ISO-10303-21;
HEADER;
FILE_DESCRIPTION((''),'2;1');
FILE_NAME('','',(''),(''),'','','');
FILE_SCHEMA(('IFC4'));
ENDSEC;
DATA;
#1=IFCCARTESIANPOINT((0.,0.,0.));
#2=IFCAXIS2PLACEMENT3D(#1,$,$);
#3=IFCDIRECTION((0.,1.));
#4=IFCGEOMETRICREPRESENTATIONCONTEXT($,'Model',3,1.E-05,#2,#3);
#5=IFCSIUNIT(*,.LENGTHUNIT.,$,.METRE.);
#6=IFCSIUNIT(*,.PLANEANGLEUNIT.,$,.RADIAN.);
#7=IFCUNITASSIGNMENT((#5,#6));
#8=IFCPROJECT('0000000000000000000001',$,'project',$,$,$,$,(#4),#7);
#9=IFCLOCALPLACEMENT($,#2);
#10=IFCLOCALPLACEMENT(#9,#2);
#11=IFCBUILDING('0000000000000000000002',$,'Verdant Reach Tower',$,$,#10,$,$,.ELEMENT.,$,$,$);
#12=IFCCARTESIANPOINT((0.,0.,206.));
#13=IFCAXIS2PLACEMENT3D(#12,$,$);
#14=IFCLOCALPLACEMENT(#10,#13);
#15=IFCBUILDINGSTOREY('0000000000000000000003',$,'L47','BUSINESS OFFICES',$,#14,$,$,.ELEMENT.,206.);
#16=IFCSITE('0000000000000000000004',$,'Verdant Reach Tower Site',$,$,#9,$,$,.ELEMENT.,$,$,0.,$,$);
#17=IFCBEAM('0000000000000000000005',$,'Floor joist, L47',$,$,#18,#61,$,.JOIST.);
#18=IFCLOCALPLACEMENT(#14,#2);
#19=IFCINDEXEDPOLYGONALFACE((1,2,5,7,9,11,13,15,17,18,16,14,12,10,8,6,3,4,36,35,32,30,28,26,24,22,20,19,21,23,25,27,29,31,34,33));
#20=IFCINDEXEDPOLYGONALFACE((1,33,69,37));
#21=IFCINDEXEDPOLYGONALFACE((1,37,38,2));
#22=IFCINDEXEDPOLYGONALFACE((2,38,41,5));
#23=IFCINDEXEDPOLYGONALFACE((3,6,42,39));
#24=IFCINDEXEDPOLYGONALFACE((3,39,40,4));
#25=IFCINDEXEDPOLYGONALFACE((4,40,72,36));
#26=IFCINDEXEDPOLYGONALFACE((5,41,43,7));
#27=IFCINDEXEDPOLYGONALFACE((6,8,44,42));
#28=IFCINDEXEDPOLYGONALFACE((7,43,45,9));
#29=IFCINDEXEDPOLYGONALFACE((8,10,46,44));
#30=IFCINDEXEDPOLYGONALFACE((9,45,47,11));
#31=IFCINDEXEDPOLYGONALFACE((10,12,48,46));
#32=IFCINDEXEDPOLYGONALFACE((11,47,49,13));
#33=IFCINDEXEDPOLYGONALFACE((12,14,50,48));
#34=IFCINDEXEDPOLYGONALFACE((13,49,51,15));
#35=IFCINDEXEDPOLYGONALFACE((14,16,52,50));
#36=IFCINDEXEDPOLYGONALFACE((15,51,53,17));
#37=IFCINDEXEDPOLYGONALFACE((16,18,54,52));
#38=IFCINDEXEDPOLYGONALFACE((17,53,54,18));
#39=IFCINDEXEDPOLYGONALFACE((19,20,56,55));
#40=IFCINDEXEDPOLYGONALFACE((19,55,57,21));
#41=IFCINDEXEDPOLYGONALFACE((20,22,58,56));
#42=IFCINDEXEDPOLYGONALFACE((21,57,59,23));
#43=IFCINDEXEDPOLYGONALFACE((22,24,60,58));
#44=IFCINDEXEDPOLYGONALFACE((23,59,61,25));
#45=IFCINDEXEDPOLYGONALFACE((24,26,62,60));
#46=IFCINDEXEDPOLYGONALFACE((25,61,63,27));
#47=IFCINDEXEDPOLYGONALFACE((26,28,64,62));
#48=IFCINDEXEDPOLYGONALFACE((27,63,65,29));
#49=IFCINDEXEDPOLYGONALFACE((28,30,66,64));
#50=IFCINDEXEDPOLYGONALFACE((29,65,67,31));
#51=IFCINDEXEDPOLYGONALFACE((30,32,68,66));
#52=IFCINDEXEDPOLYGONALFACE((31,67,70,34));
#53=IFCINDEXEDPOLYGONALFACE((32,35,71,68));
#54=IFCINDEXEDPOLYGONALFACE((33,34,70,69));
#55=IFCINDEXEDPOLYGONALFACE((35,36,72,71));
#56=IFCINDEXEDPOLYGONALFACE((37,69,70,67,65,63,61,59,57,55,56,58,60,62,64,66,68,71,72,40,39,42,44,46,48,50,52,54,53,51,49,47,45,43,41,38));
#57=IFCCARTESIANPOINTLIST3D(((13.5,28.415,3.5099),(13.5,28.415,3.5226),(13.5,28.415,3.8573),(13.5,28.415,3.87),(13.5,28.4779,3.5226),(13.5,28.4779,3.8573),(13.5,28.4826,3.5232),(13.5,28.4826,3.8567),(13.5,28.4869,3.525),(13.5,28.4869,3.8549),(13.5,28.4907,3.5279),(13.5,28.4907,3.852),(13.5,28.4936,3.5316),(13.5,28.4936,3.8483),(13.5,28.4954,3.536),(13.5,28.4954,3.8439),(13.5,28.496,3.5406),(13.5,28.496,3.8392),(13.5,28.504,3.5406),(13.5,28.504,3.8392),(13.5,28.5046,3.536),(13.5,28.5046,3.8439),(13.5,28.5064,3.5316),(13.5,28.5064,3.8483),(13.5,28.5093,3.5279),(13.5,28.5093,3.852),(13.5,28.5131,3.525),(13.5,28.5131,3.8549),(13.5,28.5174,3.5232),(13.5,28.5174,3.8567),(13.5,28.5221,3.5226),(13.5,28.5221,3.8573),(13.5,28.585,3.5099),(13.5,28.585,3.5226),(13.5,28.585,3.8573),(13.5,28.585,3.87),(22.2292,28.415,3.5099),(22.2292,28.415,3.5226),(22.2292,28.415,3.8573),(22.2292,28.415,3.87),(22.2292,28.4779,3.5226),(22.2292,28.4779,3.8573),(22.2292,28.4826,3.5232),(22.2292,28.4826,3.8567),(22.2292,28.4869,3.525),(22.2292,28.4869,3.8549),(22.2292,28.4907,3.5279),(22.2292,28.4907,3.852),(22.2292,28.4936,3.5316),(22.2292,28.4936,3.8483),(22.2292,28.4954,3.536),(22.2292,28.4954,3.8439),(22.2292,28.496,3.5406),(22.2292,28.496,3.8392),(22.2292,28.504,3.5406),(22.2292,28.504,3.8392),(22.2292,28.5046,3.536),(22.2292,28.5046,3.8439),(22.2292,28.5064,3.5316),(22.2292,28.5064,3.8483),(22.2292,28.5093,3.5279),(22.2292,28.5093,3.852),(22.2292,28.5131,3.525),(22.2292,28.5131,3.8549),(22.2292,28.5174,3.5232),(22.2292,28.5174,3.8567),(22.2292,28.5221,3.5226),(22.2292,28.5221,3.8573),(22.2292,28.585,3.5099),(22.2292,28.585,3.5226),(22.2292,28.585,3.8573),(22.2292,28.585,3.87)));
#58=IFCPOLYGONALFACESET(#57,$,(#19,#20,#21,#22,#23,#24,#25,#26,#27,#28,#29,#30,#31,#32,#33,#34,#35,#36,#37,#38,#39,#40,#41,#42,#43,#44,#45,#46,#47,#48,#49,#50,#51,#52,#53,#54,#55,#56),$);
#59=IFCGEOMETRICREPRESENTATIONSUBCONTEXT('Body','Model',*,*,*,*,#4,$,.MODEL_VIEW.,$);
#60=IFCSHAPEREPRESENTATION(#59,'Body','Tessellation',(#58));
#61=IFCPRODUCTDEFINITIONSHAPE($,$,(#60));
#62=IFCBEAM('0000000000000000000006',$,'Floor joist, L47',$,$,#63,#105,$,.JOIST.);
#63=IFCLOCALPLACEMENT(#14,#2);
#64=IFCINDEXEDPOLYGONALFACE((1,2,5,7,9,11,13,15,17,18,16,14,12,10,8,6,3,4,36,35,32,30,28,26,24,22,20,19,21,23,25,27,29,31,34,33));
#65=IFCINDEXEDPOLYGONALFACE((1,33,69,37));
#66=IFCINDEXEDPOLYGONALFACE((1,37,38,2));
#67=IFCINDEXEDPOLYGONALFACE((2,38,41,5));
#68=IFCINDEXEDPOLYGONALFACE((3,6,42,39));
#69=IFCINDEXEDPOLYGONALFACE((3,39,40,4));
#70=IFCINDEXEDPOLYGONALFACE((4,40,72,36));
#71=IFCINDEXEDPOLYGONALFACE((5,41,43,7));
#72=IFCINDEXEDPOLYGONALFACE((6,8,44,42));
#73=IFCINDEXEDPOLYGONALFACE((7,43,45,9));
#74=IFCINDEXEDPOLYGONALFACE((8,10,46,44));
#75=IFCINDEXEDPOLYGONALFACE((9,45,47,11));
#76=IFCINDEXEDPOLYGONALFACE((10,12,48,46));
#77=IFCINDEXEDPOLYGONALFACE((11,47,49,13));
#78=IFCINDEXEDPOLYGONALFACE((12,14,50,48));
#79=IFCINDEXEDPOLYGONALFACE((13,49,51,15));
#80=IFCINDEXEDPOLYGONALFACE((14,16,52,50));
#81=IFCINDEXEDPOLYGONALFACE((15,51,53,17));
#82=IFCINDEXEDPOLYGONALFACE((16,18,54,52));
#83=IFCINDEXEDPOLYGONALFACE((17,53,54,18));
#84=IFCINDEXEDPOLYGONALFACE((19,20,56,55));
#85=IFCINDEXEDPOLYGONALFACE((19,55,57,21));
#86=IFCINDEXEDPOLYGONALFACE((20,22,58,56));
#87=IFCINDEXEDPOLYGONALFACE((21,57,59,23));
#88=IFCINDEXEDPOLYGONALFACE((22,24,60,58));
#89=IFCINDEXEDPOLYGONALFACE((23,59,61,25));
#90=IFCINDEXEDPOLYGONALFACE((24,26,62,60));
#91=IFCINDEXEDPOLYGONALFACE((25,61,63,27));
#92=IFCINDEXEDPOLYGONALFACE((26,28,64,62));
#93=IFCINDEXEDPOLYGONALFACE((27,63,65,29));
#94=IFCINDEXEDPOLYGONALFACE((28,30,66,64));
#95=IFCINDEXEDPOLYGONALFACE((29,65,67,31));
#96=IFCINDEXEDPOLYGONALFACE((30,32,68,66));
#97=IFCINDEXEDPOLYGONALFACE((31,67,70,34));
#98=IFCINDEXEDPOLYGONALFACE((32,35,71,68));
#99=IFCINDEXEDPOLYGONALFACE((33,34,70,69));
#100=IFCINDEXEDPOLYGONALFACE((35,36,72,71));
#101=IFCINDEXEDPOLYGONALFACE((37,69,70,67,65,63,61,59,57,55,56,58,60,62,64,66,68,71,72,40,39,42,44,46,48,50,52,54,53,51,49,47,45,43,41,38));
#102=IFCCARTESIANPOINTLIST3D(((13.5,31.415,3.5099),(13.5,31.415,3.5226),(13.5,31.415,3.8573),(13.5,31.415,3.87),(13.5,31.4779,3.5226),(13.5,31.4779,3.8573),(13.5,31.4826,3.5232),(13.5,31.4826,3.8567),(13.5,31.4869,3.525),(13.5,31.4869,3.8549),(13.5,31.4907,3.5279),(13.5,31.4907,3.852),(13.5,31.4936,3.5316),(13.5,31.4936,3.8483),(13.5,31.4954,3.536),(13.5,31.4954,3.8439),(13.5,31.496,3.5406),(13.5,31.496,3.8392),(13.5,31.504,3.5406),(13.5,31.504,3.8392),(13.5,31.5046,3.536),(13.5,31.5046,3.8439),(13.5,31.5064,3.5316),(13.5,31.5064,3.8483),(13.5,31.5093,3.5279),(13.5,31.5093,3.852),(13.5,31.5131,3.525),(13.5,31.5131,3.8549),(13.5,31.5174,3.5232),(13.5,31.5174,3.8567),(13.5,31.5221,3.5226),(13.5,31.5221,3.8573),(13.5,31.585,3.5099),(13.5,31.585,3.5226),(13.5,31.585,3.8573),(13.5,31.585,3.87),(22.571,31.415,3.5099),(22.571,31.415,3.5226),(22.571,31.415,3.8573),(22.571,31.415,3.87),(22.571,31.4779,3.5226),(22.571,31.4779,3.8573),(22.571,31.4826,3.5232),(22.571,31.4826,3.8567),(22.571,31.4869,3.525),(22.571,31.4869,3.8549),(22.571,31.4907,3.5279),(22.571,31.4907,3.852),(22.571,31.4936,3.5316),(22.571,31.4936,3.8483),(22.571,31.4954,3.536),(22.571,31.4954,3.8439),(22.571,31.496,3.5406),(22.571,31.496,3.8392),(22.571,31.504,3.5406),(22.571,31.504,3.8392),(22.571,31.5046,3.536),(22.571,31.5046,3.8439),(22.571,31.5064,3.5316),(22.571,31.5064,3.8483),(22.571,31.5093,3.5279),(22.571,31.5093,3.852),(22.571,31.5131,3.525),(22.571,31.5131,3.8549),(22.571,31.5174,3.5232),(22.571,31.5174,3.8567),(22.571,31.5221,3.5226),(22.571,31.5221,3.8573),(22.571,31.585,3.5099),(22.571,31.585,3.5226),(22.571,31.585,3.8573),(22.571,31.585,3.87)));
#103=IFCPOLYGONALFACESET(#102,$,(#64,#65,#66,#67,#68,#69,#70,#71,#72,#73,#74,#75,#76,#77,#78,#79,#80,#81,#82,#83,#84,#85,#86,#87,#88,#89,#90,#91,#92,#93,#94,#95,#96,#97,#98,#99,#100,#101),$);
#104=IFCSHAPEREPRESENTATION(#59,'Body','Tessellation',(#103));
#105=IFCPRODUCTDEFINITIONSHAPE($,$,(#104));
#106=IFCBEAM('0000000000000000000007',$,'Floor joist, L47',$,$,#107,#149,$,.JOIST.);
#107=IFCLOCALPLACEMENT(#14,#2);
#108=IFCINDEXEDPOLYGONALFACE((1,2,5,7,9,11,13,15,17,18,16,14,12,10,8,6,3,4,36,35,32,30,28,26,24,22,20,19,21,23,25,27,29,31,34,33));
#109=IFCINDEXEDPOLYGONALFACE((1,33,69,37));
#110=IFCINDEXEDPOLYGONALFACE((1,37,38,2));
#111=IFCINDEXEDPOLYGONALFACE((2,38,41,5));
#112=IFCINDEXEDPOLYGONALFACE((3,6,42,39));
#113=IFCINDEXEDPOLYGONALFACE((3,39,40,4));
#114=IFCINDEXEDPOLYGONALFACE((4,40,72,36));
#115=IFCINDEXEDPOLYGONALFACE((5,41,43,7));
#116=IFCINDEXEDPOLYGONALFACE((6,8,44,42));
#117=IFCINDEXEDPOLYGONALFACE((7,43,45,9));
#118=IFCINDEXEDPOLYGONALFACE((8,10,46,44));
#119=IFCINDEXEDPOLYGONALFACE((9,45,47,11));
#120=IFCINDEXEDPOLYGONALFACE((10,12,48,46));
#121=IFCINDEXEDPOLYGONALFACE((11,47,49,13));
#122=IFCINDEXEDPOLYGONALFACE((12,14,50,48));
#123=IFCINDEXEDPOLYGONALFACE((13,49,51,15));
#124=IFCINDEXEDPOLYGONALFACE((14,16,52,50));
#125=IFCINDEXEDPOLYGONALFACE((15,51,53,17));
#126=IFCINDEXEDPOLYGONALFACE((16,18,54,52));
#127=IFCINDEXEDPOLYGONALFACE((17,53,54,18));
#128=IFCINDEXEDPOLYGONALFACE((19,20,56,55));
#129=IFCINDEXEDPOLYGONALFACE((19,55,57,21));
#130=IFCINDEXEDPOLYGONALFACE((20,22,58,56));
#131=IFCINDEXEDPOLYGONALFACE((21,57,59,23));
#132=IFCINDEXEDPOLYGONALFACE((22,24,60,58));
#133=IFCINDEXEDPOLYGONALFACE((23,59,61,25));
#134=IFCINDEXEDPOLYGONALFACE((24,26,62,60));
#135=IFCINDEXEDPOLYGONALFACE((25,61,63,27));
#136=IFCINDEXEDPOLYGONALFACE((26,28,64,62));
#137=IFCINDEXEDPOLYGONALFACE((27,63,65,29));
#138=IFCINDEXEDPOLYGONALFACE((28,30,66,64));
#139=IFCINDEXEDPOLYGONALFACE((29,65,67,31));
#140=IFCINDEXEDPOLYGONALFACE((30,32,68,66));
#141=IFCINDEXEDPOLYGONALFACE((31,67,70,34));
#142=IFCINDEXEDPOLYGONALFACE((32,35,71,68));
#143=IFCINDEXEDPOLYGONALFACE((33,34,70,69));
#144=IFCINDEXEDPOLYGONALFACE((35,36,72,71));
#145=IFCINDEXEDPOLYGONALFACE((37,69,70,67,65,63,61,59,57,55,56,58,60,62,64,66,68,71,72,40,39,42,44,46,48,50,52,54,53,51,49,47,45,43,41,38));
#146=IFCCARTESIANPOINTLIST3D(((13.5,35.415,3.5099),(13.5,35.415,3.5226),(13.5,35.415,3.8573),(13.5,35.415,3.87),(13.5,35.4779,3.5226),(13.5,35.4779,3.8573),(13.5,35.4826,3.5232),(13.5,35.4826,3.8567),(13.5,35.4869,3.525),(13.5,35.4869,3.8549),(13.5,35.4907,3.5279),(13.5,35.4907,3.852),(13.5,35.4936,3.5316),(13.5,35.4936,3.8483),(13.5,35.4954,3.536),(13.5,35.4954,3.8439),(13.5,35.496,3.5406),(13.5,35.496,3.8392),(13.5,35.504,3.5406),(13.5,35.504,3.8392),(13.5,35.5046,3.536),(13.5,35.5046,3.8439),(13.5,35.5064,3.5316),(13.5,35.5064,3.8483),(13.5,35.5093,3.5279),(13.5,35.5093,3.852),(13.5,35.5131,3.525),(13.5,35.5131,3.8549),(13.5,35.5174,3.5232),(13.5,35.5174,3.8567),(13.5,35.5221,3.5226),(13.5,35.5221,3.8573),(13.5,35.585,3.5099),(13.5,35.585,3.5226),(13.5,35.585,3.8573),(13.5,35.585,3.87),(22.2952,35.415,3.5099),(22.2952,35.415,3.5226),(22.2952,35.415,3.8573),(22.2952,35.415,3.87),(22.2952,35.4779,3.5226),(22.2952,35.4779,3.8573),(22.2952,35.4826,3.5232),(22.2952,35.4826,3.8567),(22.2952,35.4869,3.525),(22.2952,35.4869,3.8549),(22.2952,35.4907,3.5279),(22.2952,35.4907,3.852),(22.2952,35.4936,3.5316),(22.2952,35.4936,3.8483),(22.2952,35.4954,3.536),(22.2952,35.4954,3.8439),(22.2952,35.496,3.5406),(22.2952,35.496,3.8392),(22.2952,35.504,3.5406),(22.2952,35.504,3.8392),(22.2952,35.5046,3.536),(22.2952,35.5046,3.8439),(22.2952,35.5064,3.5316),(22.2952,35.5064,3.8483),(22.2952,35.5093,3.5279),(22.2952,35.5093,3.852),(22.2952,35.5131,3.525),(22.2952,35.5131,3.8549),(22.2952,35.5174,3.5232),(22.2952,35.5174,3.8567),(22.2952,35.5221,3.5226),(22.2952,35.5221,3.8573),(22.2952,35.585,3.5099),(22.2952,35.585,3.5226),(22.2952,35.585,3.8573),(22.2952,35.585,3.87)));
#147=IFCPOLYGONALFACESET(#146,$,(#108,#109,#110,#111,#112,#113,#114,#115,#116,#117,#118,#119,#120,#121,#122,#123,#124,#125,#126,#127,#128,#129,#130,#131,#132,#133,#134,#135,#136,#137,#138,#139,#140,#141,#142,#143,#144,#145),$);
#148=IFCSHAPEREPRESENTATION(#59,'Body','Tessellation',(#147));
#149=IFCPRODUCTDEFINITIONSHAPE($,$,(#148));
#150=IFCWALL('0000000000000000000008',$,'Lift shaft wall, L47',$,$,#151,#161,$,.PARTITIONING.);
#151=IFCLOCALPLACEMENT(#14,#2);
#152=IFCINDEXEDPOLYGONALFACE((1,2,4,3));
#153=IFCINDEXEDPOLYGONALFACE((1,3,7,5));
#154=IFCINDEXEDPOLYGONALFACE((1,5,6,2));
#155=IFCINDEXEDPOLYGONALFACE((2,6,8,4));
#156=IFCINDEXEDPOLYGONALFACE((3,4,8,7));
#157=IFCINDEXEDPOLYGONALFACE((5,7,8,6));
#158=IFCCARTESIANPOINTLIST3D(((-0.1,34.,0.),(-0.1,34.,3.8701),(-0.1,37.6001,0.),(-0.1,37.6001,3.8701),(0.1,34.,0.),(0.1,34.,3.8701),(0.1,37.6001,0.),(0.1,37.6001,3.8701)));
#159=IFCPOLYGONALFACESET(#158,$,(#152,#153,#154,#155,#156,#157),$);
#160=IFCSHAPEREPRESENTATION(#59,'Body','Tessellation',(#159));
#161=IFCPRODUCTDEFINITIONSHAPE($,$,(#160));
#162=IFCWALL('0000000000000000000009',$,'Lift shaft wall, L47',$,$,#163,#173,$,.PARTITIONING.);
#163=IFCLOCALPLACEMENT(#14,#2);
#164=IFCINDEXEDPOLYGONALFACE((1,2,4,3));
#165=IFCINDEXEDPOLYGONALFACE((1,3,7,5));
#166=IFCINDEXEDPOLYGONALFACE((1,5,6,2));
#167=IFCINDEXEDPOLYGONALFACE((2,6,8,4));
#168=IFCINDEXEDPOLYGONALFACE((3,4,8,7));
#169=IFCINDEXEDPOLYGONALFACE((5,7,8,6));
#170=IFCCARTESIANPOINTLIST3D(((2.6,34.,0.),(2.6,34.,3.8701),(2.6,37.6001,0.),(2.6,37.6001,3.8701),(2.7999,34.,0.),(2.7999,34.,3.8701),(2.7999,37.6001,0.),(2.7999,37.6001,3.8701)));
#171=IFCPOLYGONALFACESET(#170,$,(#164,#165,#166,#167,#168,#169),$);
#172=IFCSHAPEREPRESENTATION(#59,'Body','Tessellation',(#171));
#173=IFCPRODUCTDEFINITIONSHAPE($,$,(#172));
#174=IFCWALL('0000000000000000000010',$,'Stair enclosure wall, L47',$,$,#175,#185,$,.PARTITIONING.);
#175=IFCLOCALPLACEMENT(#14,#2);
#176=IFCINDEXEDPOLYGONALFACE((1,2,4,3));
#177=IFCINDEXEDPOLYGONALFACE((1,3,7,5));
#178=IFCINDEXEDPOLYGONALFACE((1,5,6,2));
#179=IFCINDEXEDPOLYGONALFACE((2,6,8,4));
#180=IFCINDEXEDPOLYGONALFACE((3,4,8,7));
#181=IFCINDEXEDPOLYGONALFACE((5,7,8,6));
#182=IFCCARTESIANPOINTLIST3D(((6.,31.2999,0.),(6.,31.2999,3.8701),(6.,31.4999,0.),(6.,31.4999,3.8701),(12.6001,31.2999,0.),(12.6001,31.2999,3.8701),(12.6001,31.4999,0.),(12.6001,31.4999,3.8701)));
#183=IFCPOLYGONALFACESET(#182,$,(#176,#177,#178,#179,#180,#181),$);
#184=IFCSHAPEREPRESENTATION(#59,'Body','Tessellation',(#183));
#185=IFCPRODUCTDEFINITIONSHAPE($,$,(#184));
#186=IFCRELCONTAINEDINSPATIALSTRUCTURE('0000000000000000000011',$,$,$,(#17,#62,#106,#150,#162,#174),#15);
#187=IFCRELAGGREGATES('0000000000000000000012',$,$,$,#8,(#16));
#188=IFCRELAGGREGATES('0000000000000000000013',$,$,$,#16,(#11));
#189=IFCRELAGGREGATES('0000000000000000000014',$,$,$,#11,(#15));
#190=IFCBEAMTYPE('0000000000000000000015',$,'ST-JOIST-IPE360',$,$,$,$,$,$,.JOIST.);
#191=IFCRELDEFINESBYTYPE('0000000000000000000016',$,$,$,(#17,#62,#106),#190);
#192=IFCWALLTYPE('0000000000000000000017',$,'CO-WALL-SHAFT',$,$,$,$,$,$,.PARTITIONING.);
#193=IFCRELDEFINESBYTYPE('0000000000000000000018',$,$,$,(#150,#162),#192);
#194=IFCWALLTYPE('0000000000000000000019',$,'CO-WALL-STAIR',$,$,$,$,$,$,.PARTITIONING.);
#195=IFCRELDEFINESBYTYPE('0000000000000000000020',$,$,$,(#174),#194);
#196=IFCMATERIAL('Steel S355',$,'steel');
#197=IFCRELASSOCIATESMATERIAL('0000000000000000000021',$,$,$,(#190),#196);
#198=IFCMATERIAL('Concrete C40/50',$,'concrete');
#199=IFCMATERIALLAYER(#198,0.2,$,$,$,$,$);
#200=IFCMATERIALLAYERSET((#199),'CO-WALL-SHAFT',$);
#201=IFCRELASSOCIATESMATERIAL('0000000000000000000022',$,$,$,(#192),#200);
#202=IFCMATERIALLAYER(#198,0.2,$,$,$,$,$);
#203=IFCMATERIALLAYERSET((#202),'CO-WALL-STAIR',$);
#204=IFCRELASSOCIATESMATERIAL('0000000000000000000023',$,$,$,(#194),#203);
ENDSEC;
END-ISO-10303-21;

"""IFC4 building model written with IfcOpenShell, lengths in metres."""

from ifc_helpers import new_model, si_unit, direction, frame, frame_2d, origin, origin_2d, place, context, subcontext, project, spatial, rectangle, i_section, extrude, material, layer, layer_set, material_profile, profile_set, type_object, element, save


model = new_model("IFC4")

# Units and contexts
model_context = context("Model", 3, precision=1e-05, world=origin(), true_north=direction((0.0, 1.0)))
body_context = subcontext(model_context, "Body", "Model", "MODEL_VIEW")
ifc_project = project(units=[si_unit("LENGTHUNIT", "METRE"), si_unit("PLANEANGLEUNIT", "RADIAN")], contexts=[model_context])

# Site, building, storey
site_placement = place(None, origin())
site = spatial("IfcSite", under=ifc_project, at=site_placement, Name="Verdant Reach Tower Site", CompositionType="ELEMENT", RefElevation=0.0)
building_placement = place(site_placement, origin())
building = spatial("IfcBuilding", under=site, at=building_placement, Name="Verdant Reach Tower", CompositionType="ELEMENT")
storey_placement = place(building_placement, frame((0.0, 0.0, 206.0)))
storey = spatial("IfcBuildingStorey", under=building, at=storey_placement, Name="L47", Description="BUSINESS OFFICES", CompositionType="ELEMENT", Elevation=206.0)

# Beams
ifc_material_1 = material(Name="Steel S355", Category="steel")
ifc_material_profile = material_profile(ifc_material_1, i_section(OverallWidth=0.1699, OverallDepth=0.3601, WebThickness=0.0081, FlangeThickness=0.0127, FilletRadius=0.0181, at=origin_2d()), Name="IPE 360")
ifc_profile_set = profile_set([ifc_material_profile], Name="Steel S355")
beam_type = type_object("IfcBeamType", Name="ST-JOIST-IPE360", PredefinedType="JOIST", material=ifc_profile_set)
beam_1_placement = place(storey_placement, frame((13.5, 28.5, 3.6899), z_axis=(1.0, 0.0, 0.0), x_axis=(0.0, 1.0, 0.0)))
element("IfcBeam", 1, at=beam_1_placement, inside=storey, type_object=beam_type, Name="Floor joist, L47", PredefinedType="JOIST", context=body_context, shape_type="SweptSolid", body=[
    extrude(i_section(OverallWidth=0.1699, OverallDepth=0.3601, WebThickness=0.0081, FlangeThickness=0.0127, FilletRadius=0.0181, at=origin_2d()), origin(), (0.0, 0.0, 1.0), 8.7292),
])
beam_2_placement = place(storey_placement, frame((13.5, 31.5, 3.6899), z_axis=(1.0, 0.0, 0.0), x_axis=(0.0, 1.0, 0.0)))
element("IfcBeam", 2, at=beam_2_placement, inside=storey, type_object=beam_type, Name="Floor joist, L47", PredefinedType="JOIST", context=body_context, shape_type="SweptSolid", body=[
    extrude(i_section(OverallWidth=0.1699, OverallDepth=0.3601, WebThickness=0.0081, FlangeThickness=0.0127, FilletRadius=0.0181, at=origin_2d()), origin(), (0.0, 0.0, 1.0), 9.071),
])
beam_3_placement = place(storey_placement, frame((13.5, 35.5, 3.6899), z_axis=(1.0, 0.0, 0.0), x_axis=(0.0, 1.0, 0.0)))
element("IfcBeam", 3, at=beam_3_placement, inside=storey, type_object=beam_type, Name="Floor joist, L47", PredefinedType="JOIST", context=body_context, shape_type="SweptSolid", body=[
    extrude(i_section(OverallWidth=0.1699, OverallDepth=0.3601, WebThickness=0.0081, FlangeThickness=0.0127, FilletRadius=0.0181, at=origin_2d()), origin(), (0.0, 0.0, 1.0), 8.7952),
])

# Walls
ifc_material_2 = material(Name="Concrete C40/50", Category="concrete")
ifc_layer_1 = layer(ifc_material_2, 0.2)
ifc_layer_set_1 = layer_set([ifc_layer_1], Name="CO-WALL-SHAFT")
wall_type_1 = type_object("IfcWallType", Name="CO-WALL-SHAFT", PredefinedType="PARTITIONING", material=ifc_layer_set_1)
for number, where, z_axis, x_axis, name in (
    (4, (0.0, 34.0, 0.0), (0.0, 0.0, 1.0), (0.0, 1.0, 0.0), "Lift shaft wall, L47"),
    (5, (2.7, 34.0, 0.0), (0.0, 0.0, 1.0), (0.0, 1.0, 0.0), "Lift shaft wall, L47"),
):
    element("IfcWall", number, at=place(storey_placement, frame(where, z_axis=z_axis, x_axis=x_axis)), inside=storey, type_object=wall_type_1, Name=name, PredefinedType="PARTITIONING", context=body_context, shape_type="SweptSolid", body=[
        extrude(rectangle(XDim=3.6001, YDim=0.2, at=frame_2d((1.8, 0.0))), origin(), (0.0, 0.0, 1.0), 3.8701),
    ])
ifc_layer_2 = layer(ifc_material_2, 0.2)
ifc_layer_set_2 = layer_set([ifc_layer_2], Name="CO-WALL-STAIR")
wall_type_2 = type_object("IfcWallType", Name="CO-WALL-STAIR", PredefinedType="PARTITIONING", material=ifc_layer_set_2)
wall_1_placement = place(storey_placement, frame((6.0, 31.3999, 0.0), z_axis=(0.0, 0.0, 1.0), x_axis=(1.0, 0.0, 0.0)))
element("IfcWall", 6, at=wall_1_placement, inside=storey, type_object=wall_type_2, Name="Stair enclosure wall, L47", PredefinedType="PARTITIONING", context=body_context, shape_type="SweptSolid", body=[
    extrude(rectangle(XDim=6.6001, YDim=0.2, at=frame_2d((3.3, 0.0))), origin(), (0.0, 0.0, 1.0), 3.8701),
])

save(model, "model.ifc")
